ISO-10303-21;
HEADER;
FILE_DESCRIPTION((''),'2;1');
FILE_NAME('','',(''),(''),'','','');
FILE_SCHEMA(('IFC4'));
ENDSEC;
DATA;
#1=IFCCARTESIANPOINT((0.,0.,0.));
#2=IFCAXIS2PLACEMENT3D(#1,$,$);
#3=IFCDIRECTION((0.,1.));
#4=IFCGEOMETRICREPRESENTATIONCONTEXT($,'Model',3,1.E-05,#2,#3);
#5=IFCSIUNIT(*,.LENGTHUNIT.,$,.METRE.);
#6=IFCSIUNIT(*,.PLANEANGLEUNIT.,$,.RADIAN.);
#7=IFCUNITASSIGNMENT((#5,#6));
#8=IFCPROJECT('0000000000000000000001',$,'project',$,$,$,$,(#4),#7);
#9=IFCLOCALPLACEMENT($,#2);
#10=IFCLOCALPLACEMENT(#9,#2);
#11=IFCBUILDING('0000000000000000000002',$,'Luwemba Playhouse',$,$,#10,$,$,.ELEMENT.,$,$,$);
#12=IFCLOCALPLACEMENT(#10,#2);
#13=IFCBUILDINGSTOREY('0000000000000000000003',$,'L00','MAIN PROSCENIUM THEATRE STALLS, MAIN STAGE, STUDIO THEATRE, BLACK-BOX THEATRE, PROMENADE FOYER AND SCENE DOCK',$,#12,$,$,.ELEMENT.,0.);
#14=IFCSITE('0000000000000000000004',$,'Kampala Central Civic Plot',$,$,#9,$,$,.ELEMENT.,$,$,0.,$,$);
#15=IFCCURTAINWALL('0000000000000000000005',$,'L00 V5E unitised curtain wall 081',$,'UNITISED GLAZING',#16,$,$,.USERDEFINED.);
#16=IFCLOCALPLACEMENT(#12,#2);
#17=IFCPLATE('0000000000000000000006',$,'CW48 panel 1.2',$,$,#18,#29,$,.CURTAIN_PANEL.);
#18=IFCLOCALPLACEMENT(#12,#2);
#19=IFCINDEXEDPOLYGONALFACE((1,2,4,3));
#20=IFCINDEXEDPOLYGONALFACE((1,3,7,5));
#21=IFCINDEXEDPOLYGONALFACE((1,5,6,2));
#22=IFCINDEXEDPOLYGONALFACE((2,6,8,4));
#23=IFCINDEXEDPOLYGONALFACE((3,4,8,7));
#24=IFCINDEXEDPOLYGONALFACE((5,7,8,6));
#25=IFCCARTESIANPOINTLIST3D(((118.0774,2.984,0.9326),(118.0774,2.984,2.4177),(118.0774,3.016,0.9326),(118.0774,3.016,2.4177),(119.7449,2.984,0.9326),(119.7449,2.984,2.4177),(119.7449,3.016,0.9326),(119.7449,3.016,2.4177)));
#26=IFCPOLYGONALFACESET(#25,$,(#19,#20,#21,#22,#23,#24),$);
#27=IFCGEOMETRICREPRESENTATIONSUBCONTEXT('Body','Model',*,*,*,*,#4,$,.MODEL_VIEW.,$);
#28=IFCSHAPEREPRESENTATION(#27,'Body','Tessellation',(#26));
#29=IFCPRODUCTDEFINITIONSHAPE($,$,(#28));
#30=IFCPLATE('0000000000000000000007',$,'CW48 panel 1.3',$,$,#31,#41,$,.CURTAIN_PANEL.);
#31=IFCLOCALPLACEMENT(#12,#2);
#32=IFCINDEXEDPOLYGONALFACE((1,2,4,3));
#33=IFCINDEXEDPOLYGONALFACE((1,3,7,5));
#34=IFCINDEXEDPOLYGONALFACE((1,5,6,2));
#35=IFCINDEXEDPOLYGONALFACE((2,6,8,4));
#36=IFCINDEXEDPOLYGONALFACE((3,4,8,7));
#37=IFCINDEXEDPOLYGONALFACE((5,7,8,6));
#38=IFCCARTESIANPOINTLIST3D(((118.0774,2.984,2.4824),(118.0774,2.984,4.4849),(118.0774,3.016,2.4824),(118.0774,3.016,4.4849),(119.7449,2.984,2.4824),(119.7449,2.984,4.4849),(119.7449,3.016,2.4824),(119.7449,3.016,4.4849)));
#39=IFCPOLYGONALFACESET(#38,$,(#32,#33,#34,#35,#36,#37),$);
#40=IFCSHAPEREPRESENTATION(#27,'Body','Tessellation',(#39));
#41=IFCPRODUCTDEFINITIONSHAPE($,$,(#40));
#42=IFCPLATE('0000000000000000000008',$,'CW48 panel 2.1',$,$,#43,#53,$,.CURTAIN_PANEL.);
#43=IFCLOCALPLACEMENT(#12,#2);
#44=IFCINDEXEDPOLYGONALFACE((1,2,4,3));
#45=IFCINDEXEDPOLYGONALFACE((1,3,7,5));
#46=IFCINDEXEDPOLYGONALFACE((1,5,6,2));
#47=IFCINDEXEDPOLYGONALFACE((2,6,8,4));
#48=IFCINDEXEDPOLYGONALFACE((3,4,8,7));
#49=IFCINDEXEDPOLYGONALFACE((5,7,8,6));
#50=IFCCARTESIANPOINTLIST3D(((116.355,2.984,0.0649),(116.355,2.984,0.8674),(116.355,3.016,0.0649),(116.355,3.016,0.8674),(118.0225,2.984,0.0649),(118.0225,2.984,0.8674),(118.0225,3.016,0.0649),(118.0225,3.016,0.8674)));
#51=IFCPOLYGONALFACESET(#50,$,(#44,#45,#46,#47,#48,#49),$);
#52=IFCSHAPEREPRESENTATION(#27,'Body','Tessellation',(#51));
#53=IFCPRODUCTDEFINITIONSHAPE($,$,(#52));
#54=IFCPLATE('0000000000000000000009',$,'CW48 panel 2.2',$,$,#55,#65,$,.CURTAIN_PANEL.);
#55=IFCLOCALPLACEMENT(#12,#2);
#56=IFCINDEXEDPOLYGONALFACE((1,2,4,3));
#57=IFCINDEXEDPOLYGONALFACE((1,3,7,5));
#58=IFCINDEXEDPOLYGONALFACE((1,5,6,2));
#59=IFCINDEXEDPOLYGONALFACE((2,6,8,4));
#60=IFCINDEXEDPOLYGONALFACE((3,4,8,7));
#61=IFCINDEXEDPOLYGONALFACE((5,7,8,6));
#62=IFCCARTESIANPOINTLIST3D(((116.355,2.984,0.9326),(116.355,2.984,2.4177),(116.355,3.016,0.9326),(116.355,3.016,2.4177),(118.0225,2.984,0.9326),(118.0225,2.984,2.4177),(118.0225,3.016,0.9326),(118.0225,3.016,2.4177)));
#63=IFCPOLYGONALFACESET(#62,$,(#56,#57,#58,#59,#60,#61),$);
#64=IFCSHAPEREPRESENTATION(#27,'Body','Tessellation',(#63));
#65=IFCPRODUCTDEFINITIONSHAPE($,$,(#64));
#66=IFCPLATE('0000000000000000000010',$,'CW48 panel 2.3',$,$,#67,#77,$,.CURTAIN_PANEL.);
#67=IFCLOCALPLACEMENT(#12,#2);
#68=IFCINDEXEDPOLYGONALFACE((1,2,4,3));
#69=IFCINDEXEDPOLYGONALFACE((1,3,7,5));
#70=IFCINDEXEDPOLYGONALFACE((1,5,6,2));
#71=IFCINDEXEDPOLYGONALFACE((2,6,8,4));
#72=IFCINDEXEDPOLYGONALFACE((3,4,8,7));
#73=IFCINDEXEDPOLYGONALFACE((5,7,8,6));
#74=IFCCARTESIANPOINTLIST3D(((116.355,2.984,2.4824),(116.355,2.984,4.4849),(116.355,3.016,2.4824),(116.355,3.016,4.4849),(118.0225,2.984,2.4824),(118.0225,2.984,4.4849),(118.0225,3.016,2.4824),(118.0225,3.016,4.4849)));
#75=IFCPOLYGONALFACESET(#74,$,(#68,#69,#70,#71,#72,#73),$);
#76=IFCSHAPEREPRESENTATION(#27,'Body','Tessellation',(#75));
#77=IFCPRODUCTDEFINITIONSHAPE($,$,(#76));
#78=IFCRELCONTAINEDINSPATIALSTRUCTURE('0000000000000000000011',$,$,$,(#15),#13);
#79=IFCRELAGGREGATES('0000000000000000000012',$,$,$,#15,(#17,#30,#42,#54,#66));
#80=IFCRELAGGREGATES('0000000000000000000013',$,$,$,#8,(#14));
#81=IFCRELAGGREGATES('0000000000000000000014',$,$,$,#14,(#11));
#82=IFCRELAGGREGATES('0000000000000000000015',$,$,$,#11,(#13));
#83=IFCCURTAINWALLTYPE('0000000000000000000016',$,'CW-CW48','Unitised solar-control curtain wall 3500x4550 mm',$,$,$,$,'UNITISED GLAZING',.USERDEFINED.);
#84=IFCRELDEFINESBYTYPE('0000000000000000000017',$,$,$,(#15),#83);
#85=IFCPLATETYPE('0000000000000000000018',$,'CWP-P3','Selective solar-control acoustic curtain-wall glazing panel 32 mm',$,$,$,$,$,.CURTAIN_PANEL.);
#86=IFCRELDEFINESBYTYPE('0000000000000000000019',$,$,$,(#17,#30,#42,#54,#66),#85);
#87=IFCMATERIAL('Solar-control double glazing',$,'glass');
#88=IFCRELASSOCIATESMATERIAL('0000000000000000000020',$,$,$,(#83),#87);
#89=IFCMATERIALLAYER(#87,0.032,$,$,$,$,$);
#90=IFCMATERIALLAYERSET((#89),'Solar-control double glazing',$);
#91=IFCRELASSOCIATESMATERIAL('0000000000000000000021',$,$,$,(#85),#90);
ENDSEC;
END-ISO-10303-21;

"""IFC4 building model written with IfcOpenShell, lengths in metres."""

from ifc_helpers import new_model, si_unit, direction, frame, origin, origin_2d, place, context, subcontext, project, spatial, rectangle, extrude, material, layer, layer_set, type_object, element, aggregate, save


model = new_model("IFC4")

# Units and contexts
model_context = context("Model", 3, precision=1e-05, world=origin(), true_north=direction((0.0, 1.0)))
body_context = subcontext(model_context, "Body", "Model", "MODEL_VIEW")
ifc_project = project(units=[si_unit("LENGTHUNIT", "METRE"), si_unit("PLANEANGLEUNIT", "RADIAN")], contexts=[model_context])

# Site, building, storey
site_placement = place(None, origin())
site = spatial("IfcSite", under=ifc_project, at=site_placement, Name="Kampala Central Civic Plot", CompositionType="ELEMENT", RefElevation=0.0)
building_placement = place(site_placement, origin())
building = spatial("IfcBuilding", under=site, at=building_placement, Name="Luwemba Playhouse", CompositionType="ELEMENT")
storey_placement = place(building_placement, origin())
storey = spatial("IfcBuildingStorey", under=building, at=storey_placement, Name="L00", Description="MAIN PROSCENIUM THEATRE STALLS, MAIN STAGE, STUDIO THEATRE, BLACK-BOX THEATRE, PROMENADE FOYER AND SCENE DOCK", CompositionType="ELEMENT", Elevation=0.0)

# Shared definitions
ifc_material_1 = material(Name="Solar-control double glazing", Category="glass")

# Curtain wall
curtain_wall_type_1 = type_object("IfcCurtainWallType", Name="CW-CW48", Description="Unitised solar-control curtain wall 3500x4550 mm", ElementType="UNITISED GLAZING", PredefinedType="USERDEFINED", material=ifc_material_1)
curtain_wall_1_placement = place(storey_placement, origin())
curtain_wall_1 = element("IfcCurtainWall", 1, at=curtain_wall_1_placement, inside=storey, type_object=curtain_wall_type_1, Name="L00 V5E unitised curtain wall 081", ObjectType="UNITISED GLAZING", PredefinedType="USERDEFINED")

# Plates
ifc_layer_1 = layer(ifc_material_1, 0.032)
ifc_layer_set_1 = layer_set([ifc_layer_1], Name="Solar-control double glazing")
plate_type_1 = type_object("IfcPlateType", Name="CWP-P3", Description="Selective solar-control acoustic curtain-wall glazing panel 32 mm", PredefinedType="CURTAIN_PANEL", material=ifc_layer_set_1)
plate_1_placement = place(storey_placement, frame((118.9111, 3.0, 0.9326), z_axis=(0.0, 0.0, 1.0), x_axis=(-1.0, 0.0, 0.0)))
plate_1 = element("IfcPlate", 2, at=plate_1_placement, type_object=plate_type_1, Name="CW48 panel 1.2", PredefinedType="CURTAIN_PANEL", context=body_context, shape_type="SweptSolid", body=[
    extrude(rectangle(XDim=1.6675, YDim=0.032, at=origin_2d()), origin(), (0.0, 0.0, 1.0), 1.4851),
])
plate_2_placement = place(storey_placement, frame((118.9111, 3.0, 2.4824), z_axis=(0.0, 0.0, 1.0), x_axis=(-1.0, 0.0, 0.0)))
plate_2 = element("IfcPlate", 3, at=plate_2_placement, type_object=plate_type_1, Name="CW48 panel 1.3", PredefinedType="CURTAIN_PANEL", context=body_context, shape_type="SweptSolid", body=[
    extrude(rectangle(XDim=1.6675, YDim=0.032, at=origin_2d()), origin(), (0.0, 0.0, 1.0), 2.0024),
])
plate_3_placement = place(storey_placement, frame((117.1887, 3.0, 0.0649), z_axis=(0.0, 0.0, 1.0), x_axis=(-1.0, 0.0, 0.0)))
plate_3 = element("IfcPlate", 4, at=plate_3_placement, type_object=plate_type_1, Name="CW48 panel 2.1", PredefinedType="CURTAIN_PANEL", context=body_context, shape_type="SweptSolid", body=[
    extrude(rectangle(XDim=1.6675, YDim=0.032, at=origin_2d()), origin(), (0.0, 0.0, 1.0), 0.8025),
])
plate_4_placement = place(storey_placement, frame((117.1887, 3.0, 0.9326), z_axis=(0.0, 0.0, 1.0), x_axis=(-1.0, 0.0, 0.0)))
plate_4 = element("IfcPlate", 5, at=plate_4_placement, type_object=plate_type_1, Name="CW48 panel 2.2", PredefinedType="CURTAIN_PANEL", context=body_context, shape_type="SweptSolid", body=[
    extrude(rectangle(XDim=1.6675, YDim=0.032, at=origin_2d()), origin(), (0.0, 0.0, 1.0), 1.4851),
])
plate_5_placement = place(storey_placement, frame((117.1887, 3.0, 2.4824), z_axis=(0.0, 0.0, 1.0), x_axis=(-1.0, 0.0, 0.0)))
plate_5 = element("IfcPlate", 6, at=plate_5_placement, type_object=plate_type_1, Name="CW48 panel 2.3", PredefinedType="CURTAIN_PANEL", context=body_context, shape_type="SweptSolid", body=[
    extrude(rectangle(XDim=1.6675, YDim=0.032, at=origin_2d()), origin(), (0.0, 0.0, 1.0), 2.0024),
])
aggregate(curtain_wall_1, [plate_1, plate_2, plate_3, plate_4, plate_5])

save(model, "model.ifc")
